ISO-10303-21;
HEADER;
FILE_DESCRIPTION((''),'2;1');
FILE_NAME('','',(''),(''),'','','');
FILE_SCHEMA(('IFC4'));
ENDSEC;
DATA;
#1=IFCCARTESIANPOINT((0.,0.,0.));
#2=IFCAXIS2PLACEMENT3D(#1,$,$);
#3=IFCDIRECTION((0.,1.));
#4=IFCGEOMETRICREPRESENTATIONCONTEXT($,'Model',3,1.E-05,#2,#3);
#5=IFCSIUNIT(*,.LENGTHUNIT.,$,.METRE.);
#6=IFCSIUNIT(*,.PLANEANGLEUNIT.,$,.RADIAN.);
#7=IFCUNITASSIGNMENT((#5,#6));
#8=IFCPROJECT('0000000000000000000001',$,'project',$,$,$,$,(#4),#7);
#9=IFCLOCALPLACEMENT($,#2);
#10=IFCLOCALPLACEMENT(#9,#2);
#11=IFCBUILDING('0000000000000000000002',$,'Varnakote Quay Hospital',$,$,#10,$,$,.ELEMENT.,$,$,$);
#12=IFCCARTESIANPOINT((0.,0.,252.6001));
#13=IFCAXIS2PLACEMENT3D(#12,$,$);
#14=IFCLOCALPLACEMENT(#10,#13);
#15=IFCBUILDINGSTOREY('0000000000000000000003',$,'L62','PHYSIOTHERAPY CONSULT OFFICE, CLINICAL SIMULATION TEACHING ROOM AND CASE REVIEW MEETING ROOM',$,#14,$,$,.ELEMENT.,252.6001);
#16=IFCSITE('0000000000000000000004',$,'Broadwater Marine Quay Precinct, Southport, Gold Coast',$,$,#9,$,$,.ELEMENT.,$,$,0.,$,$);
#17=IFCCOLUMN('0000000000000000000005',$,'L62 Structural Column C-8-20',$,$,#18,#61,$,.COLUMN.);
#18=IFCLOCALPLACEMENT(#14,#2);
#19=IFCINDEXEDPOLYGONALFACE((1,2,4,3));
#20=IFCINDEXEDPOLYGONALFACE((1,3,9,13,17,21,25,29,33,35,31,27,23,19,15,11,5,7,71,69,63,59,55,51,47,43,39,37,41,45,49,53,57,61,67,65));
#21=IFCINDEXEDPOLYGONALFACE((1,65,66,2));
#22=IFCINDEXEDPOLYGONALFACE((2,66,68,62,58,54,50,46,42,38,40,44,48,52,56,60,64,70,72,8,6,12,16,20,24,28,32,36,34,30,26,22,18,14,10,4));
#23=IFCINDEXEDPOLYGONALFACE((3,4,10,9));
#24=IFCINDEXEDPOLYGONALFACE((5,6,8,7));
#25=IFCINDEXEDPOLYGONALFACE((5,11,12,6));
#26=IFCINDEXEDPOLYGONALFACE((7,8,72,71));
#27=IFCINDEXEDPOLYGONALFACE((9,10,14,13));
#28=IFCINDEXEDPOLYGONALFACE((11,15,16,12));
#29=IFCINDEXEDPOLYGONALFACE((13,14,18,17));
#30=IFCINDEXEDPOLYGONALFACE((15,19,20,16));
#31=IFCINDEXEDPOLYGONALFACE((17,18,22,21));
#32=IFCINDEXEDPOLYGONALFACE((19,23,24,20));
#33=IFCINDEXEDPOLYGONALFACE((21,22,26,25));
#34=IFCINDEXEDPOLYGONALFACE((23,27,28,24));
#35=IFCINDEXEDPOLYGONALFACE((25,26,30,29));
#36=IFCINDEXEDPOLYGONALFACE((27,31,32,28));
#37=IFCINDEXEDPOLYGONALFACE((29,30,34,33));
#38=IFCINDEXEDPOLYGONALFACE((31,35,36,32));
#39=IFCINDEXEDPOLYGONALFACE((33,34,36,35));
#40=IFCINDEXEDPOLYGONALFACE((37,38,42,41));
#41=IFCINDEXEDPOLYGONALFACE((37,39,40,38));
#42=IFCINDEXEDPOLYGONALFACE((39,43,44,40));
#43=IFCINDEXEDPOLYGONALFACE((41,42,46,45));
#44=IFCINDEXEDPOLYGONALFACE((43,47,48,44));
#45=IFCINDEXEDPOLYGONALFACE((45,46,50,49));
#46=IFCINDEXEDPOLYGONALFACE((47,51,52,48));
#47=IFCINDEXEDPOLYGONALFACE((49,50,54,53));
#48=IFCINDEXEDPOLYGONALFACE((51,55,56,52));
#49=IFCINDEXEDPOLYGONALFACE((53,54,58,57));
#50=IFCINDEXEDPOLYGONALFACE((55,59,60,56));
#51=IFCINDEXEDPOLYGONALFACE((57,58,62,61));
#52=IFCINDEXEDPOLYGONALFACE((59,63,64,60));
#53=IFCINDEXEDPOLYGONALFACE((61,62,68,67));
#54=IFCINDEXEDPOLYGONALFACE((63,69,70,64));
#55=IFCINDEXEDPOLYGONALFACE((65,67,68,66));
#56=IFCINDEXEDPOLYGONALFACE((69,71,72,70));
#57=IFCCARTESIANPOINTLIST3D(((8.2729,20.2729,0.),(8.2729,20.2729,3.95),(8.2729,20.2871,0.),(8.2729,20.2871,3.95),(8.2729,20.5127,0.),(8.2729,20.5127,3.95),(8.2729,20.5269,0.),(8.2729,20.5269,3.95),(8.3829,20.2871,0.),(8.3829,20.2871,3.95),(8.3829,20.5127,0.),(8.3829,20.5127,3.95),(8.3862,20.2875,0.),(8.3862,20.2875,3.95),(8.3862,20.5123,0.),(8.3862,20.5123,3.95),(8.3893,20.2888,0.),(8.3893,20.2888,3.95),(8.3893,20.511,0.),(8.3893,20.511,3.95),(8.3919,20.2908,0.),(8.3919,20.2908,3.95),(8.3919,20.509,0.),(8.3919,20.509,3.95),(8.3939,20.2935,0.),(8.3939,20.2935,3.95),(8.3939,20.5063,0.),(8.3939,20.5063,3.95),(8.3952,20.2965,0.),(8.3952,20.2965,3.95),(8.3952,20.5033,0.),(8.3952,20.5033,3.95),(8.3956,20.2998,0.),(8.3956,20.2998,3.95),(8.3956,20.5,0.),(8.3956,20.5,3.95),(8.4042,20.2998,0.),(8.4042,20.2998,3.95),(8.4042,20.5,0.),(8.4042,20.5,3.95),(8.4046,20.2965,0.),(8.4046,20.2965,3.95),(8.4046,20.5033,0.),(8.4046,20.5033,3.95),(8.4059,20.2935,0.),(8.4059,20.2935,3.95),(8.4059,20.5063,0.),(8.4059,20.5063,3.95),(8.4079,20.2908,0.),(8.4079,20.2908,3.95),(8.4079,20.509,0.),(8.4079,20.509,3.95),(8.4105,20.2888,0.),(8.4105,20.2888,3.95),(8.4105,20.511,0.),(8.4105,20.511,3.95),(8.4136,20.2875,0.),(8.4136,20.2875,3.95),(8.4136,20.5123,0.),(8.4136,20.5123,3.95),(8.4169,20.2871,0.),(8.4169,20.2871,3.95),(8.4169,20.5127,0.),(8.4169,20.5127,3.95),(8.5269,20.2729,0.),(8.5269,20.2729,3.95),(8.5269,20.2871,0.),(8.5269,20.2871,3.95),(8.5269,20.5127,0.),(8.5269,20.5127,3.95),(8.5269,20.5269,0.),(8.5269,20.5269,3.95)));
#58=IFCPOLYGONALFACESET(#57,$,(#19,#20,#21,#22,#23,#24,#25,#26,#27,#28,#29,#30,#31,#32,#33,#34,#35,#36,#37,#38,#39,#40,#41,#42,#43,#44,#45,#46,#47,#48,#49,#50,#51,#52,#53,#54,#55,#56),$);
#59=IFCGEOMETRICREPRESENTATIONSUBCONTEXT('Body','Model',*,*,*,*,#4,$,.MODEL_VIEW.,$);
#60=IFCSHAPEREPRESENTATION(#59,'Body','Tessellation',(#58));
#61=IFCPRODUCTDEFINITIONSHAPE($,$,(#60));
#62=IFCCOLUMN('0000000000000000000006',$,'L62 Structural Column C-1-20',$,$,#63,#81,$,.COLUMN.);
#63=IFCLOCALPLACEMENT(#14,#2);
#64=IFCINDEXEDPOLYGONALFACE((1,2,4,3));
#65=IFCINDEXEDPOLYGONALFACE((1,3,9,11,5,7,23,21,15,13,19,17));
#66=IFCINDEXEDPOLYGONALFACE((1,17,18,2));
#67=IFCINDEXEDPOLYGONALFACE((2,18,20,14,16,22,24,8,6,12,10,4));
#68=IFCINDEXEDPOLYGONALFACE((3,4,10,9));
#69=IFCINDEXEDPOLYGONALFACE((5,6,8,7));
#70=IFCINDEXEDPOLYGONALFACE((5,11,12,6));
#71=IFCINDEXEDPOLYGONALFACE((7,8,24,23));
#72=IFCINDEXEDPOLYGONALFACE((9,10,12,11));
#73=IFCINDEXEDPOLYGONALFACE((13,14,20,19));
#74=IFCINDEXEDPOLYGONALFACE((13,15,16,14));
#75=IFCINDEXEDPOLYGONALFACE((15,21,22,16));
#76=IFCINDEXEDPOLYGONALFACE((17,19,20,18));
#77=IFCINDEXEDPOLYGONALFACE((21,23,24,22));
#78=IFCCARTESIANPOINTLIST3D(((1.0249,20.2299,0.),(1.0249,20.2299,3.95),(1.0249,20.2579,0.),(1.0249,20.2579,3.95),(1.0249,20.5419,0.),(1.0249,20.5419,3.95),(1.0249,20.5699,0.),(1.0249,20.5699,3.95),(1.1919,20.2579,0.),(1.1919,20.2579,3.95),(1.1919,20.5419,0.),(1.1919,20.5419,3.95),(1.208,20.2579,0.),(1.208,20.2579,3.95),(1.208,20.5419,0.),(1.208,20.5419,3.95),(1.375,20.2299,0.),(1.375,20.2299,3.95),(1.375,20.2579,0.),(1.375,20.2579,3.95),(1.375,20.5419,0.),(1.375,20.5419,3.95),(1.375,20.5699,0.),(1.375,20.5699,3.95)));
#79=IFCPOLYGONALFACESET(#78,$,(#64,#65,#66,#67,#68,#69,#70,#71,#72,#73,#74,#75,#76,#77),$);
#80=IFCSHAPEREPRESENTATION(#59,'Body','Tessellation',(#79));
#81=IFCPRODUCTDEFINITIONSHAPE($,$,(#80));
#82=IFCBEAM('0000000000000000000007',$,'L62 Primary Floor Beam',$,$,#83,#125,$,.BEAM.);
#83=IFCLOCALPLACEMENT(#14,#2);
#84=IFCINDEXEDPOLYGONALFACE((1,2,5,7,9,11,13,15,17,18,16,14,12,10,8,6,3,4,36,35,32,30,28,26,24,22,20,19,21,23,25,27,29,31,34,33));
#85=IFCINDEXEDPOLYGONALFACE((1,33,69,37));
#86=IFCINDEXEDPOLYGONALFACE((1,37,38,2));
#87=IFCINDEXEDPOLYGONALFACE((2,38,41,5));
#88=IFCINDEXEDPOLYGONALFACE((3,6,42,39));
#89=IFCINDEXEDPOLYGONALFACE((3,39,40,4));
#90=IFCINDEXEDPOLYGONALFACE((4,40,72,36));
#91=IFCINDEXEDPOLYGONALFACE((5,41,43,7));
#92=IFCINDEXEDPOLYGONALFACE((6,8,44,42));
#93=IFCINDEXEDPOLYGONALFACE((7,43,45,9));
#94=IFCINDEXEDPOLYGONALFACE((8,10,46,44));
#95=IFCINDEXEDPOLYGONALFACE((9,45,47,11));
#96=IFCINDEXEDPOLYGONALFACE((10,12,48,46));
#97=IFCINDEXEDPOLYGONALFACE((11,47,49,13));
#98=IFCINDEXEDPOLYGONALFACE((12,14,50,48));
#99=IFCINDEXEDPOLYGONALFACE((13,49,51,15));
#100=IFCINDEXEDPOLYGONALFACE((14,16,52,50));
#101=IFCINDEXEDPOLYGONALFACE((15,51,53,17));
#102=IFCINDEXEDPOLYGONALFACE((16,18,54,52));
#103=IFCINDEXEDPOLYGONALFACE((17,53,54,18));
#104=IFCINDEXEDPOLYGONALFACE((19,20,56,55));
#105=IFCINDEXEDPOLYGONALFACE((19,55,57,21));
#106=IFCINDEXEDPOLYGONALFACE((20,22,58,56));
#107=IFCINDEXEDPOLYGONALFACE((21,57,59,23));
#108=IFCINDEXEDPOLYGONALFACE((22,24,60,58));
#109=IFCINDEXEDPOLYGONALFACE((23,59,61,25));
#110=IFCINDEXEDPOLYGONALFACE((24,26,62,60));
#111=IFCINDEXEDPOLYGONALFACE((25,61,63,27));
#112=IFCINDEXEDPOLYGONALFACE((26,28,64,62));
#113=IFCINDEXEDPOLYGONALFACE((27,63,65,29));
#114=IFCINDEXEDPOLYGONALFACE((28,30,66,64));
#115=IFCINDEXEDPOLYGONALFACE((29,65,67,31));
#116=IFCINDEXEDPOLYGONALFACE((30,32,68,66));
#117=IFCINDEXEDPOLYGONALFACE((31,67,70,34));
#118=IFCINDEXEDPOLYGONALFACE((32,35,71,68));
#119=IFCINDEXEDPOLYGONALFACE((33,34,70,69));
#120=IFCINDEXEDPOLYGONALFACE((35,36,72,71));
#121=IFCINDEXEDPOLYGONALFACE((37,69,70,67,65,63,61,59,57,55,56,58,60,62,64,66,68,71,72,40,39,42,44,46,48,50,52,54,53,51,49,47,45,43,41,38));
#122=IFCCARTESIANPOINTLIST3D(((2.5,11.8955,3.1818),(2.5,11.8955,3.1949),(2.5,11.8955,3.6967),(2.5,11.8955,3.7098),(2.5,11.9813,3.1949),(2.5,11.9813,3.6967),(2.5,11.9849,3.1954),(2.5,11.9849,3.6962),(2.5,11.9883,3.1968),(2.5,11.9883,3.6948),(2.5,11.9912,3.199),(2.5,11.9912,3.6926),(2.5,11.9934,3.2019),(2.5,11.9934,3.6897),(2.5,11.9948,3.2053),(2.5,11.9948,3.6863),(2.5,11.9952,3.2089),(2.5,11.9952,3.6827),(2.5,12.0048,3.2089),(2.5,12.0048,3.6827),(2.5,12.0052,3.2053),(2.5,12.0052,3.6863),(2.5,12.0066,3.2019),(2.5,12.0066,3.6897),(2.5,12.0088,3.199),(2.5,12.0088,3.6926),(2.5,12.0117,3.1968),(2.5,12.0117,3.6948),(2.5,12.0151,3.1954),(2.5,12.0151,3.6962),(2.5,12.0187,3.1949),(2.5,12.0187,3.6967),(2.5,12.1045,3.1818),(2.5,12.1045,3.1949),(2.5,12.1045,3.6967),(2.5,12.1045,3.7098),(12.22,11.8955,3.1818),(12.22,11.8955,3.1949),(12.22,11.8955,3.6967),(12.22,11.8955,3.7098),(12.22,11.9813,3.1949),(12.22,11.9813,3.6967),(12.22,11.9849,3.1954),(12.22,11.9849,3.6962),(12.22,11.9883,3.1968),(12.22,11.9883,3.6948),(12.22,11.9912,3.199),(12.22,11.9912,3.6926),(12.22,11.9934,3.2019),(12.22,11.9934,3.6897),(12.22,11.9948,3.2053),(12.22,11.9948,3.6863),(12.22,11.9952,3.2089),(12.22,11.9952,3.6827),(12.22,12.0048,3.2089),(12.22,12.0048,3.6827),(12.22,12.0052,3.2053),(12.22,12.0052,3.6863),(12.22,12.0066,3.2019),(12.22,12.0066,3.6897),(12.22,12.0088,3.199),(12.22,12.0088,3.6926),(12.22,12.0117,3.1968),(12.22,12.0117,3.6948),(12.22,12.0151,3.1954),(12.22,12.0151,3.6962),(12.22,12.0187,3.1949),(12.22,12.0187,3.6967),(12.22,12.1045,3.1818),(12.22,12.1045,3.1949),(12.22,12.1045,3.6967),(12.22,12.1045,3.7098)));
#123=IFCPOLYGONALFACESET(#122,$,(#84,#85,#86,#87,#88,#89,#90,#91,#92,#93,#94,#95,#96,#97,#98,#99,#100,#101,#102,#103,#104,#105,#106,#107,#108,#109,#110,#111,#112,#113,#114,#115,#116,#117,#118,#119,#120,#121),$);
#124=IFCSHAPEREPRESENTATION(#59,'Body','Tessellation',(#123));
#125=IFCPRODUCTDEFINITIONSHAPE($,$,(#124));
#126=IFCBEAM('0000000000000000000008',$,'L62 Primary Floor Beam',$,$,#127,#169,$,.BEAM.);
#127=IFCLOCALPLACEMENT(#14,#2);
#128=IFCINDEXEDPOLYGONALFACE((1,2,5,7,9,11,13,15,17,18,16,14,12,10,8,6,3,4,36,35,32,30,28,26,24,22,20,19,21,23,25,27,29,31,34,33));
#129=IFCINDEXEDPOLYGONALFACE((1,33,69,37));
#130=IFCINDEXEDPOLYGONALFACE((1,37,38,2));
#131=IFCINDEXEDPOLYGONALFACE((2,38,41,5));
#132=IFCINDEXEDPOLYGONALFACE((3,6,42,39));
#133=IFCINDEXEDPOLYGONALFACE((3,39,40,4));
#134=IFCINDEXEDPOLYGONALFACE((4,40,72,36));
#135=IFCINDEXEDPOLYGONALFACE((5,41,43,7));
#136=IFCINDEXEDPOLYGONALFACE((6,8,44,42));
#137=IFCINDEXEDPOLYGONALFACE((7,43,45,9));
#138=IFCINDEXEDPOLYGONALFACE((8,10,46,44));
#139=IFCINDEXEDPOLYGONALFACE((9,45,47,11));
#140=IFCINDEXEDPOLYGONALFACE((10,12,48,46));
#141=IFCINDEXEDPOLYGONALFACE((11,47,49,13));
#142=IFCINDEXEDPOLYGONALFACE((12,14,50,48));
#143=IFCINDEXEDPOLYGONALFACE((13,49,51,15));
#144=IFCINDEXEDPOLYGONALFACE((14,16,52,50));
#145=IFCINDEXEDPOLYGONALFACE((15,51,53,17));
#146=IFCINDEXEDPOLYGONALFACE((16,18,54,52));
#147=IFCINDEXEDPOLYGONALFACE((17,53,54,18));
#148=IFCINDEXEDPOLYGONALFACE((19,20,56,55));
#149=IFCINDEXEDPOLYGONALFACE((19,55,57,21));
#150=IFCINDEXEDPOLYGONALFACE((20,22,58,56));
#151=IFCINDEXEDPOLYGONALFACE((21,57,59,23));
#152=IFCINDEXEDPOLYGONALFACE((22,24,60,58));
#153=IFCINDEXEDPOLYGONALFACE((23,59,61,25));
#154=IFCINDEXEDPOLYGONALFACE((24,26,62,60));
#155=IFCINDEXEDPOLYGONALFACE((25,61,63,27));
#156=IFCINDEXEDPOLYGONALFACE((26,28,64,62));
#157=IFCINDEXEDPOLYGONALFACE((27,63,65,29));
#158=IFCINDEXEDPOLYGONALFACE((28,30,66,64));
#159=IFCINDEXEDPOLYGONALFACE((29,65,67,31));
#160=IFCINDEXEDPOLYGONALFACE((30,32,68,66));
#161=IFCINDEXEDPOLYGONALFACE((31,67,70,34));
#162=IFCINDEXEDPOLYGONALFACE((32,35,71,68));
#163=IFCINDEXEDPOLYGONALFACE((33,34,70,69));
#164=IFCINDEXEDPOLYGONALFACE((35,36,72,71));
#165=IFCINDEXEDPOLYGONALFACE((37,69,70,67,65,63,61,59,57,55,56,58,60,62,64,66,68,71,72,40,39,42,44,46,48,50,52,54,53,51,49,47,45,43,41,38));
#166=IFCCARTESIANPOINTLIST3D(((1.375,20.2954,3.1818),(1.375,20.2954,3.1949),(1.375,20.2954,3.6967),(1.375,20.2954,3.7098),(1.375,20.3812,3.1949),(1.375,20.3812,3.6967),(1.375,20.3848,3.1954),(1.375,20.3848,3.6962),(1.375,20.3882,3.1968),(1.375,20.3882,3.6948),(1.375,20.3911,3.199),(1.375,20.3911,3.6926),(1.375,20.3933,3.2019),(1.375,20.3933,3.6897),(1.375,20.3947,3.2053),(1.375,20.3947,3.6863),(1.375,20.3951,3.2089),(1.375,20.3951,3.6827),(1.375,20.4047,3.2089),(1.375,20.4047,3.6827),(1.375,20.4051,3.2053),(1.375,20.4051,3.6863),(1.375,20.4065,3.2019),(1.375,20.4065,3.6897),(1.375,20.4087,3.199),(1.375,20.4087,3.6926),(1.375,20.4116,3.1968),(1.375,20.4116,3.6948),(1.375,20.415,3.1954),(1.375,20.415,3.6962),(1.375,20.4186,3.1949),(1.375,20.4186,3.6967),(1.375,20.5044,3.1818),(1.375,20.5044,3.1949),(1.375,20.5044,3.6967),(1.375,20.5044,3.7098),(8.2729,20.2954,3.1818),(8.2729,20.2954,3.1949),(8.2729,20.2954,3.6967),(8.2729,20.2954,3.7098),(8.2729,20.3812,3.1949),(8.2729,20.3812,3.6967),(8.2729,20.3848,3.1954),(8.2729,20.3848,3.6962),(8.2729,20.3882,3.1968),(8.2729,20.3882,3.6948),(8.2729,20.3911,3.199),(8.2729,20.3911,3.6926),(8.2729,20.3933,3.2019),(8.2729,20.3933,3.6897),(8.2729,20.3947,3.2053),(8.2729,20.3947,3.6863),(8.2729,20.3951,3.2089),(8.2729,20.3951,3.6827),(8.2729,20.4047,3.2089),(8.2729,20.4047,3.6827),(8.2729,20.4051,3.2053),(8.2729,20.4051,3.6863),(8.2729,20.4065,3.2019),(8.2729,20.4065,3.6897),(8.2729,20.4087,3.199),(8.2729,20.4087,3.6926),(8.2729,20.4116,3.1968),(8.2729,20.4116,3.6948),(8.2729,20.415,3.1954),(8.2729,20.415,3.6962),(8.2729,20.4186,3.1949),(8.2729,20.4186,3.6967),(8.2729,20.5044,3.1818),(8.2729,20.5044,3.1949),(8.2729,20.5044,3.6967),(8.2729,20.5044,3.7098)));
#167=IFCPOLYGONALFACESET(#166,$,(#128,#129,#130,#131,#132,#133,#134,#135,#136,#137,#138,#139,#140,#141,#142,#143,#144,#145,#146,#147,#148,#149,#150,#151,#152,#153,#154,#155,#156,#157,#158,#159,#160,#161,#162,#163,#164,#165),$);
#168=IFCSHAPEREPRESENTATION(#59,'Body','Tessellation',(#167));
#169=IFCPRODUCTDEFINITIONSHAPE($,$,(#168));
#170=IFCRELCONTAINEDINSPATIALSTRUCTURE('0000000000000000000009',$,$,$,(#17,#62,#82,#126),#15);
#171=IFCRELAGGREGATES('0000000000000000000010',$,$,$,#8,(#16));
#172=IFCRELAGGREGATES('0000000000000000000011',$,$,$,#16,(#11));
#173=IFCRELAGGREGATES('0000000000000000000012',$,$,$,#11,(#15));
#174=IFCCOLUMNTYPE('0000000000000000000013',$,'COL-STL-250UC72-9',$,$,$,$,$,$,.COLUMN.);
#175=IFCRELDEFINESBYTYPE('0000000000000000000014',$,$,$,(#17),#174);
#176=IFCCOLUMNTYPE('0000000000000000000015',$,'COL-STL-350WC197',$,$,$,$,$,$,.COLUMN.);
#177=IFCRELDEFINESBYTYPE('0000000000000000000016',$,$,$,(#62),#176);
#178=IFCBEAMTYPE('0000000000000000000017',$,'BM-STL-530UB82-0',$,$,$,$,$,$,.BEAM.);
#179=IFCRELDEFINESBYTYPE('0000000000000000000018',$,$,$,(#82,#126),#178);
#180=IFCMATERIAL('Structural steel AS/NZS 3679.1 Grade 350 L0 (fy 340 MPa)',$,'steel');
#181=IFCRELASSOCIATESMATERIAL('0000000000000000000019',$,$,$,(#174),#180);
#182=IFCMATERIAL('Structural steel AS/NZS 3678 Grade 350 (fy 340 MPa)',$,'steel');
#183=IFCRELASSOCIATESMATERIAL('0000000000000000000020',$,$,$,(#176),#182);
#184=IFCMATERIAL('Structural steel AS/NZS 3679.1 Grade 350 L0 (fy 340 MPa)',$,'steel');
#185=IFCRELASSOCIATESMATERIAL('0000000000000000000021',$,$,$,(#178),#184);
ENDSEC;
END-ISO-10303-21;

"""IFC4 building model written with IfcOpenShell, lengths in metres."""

from ifc_helpers import new_model, si_unit, direction, frame, origin, origin_2d, place, context, subcontext, project, spatial, i_section, extrude, material, material_profile, profile_set, type_object, element, save


model = new_model("IFC4")

# Units and contexts
model_context = context("Model", 3, precision=1e-05, world=origin(), true_north=direction((0.0, 1.0)))
body_context = subcontext(model_context, "Body", "Model", "MODEL_VIEW")
ifc_project = project(units=[si_unit("LENGTHUNIT", "METRE"), si_unit("PLANEANGLEUNIT", "RADIAN")], contexts=[model_context])

# Site, building, storey
site_placement = place(None, origin())
site = spatial("IfcSite", under=ifc_project, at=site_placement, Name="Broadwater Marine Quay Precinct, Southport, Gold Coast", CompositionType="ELEMENT", RefElevation=0.0)
building_placement = place(site_placement, origin())
building = spatial("IfcBuilding", under=site, at=building_placement, Name="Varnakote Quay Hospital", CompositionType="ELEMENT")
storey_placement = place(building_placement, frame((0.0, 0.0, 252.6001)))
storey = spatial("IfcBuildingStorey", under=building, at=storey_placement, Name="L62", Description="PHYSIOTHERAPY CONSULT OFFICE, CLINICAL SIMULATION TEACHING ROOM AND CASE REVIEW MEETING ROOM", CompositionType="ELEMENT", Elevation=252.6001)

# Columns
ifc_material_1 = material(Name="Structural steel AS/NZS 3679.1 Grade 350 L0 (fy 340 MPa)", Category="steel")
ifc_material_profile_1 = material_profile(ifc_material_1, i_section(OverallWidth=0.2539, OverallDepth=0.2539, WebThickness=0.0085, FlangeThickness=0.0142, FilletRadius=0.0127, at=origin_2d()), Name="250UC72.9")
ifc_profile_set_1 = profile_set([ifc_material_profile_1], Name="Structural steel AS/NZS 3679.1 Grade 350 L0 (fy 340 MPa)")
column_type_1 = type_object("IfcColumnType", Name="COL-STL-250UC72-9", PredefinedType="COLUMN", material=ifc_profile_set_1)
column_1_placement = place(storey_placement, frame((8.3999, 20.3999, 0.0), z_axis=(0.0, 0.0, 1.0), x_axis=(1.0, 0.0, 0.0)))
element("IfcColumn", 1, at=column_1_placement, inside=storey, type_object=column_type_1, Name="L62 Structural Column C-8-20", PredefinedType="COLUMN", context=body_context, shape_type="SweptSolid", body=[
    extrude(i_section(OverallWidth=0.2539, OverallDepth=0.2539, WebThickness=0.0085, FlangeThickness=0.0142, FilletRadius=0.0127, at=origin_2d()), origin(), (0.0, 0.0, 1.0), 3.95),
])
ifc_material_2 = material(Name="Structural steel AS/NZS 3678 Grade 350 (fy 340 MPa)", Category="steel")
ifc_material_profile_2 = material_profile(ifc_material_2, i_section(OverallWidth=0.3501, OverallDepth=0.3401, WebThickness=0.0161, FlangeThickness=0.0281, at=origin_2d()), Name="350WC197")
ifc_profile_set_2 = profile_set([ifc_material_profile_2], Name="Structural steel AS/NZS 3678 Grade 350 (fy 340 MPa)")
column_type_2 = type_object("IfcColumnType", Name="COL-STL-350WC197", PredefinedType="COLUMN", material=ifc_profile_set_2)
column_2_placement = place(storey_placement, frame((1.2, 20.3999, 0.0), z_axis=(0.0, 0.0, 1.0), x_axis=(1.0, 0.0, 0.0)))
element("IfcColumn", 2, at=column_2_placement, inside=storey, type_object=column_type_2, Name="L62 Structural Column C-1-20", PredefinedType="COLUMN", context=body_context, shape_type="SweptSolid", body=[
    extrude(i_section(OverallWidth=0.3501, OverallDepth=0.3401, WebThickness=0.0161, FlangeThickness=0.0281, at=origin_2d()), origin(), (0.0, 0.0, 1.0), 3.95),
])

# Beams
ifc_material_3 = material(Name="Structural steel AS/NZS 3679.1 Grade 350 L0 (fy 340 MPa)", Category="steel")
ifc_material_profile_3 = material_profile(ifc_material_3, i_section(OverallWidth=0.209, OverallDepth=0.5281, WebThickness=0.0095, FlangeThickness=0.0132, FilletRadius=0.0139, at=origin_2d()), Name="530UB82.0")
ifc_profile_set_3 = profile_set([ifc_material_profile_3], Name="Structural steel AS/NZS 3679.1 Grade 350 L0 (fy 340 MPa)")
beam_type_1 = type_object("IfcBeamType", Name="BM-STL-530UB82-0", PredefinedType="BEAM", material=ifc_profile_set_3)
beam_1_placement = place(storey_placement, frame((2.5, 12.0, 3.4458), z_axis=(1.0, 0.0, 0.0), x_axis=(0.0, 1.0, 0.0)))
element("IfcBeam", 3, at=beam_1_placement, inside=storey, type_object=beam_type_1, Name="L62 Primary Floor Beam", PredefinedType="BEAM", context=body_context, shape_type="SweptSolid", body=[
    extrude(i_section(OverallWidth=0.209, OverallDepth=0.5281, WebThickness=0.0095, FlangeThickness=0.0132, FilletRadius=0.0139, at=origin_2d()), origin(), (0.0, 0.0, 1.0), 9.72),
])
beam_2_placement = place(storey_placement, frame((1.375, 20.3999, 3.4458), z_axis=(1.0, 0.0, 0.0), x_axis=(0.0, 1.0, 0.0)))
element("IfcBeam", 4, at=beam_2_placement, inside=storey, type_object=beam_type_1, Name="L62 Primary Floor Beam", PredefinedType="BEAM", context=body_context, shape_type="SweptSolid", body=[
    extrude(i_section(OverallWidth=0.209, OverallDepth=0.5281, WebThickness=0.0095, FlangeThickness=0.0132, FilletRadius=0.0139, at=origin_2d()), origin(), (0.0, 0.0, 1.0), 6.8979),
])

save(model, "model.ifc")
